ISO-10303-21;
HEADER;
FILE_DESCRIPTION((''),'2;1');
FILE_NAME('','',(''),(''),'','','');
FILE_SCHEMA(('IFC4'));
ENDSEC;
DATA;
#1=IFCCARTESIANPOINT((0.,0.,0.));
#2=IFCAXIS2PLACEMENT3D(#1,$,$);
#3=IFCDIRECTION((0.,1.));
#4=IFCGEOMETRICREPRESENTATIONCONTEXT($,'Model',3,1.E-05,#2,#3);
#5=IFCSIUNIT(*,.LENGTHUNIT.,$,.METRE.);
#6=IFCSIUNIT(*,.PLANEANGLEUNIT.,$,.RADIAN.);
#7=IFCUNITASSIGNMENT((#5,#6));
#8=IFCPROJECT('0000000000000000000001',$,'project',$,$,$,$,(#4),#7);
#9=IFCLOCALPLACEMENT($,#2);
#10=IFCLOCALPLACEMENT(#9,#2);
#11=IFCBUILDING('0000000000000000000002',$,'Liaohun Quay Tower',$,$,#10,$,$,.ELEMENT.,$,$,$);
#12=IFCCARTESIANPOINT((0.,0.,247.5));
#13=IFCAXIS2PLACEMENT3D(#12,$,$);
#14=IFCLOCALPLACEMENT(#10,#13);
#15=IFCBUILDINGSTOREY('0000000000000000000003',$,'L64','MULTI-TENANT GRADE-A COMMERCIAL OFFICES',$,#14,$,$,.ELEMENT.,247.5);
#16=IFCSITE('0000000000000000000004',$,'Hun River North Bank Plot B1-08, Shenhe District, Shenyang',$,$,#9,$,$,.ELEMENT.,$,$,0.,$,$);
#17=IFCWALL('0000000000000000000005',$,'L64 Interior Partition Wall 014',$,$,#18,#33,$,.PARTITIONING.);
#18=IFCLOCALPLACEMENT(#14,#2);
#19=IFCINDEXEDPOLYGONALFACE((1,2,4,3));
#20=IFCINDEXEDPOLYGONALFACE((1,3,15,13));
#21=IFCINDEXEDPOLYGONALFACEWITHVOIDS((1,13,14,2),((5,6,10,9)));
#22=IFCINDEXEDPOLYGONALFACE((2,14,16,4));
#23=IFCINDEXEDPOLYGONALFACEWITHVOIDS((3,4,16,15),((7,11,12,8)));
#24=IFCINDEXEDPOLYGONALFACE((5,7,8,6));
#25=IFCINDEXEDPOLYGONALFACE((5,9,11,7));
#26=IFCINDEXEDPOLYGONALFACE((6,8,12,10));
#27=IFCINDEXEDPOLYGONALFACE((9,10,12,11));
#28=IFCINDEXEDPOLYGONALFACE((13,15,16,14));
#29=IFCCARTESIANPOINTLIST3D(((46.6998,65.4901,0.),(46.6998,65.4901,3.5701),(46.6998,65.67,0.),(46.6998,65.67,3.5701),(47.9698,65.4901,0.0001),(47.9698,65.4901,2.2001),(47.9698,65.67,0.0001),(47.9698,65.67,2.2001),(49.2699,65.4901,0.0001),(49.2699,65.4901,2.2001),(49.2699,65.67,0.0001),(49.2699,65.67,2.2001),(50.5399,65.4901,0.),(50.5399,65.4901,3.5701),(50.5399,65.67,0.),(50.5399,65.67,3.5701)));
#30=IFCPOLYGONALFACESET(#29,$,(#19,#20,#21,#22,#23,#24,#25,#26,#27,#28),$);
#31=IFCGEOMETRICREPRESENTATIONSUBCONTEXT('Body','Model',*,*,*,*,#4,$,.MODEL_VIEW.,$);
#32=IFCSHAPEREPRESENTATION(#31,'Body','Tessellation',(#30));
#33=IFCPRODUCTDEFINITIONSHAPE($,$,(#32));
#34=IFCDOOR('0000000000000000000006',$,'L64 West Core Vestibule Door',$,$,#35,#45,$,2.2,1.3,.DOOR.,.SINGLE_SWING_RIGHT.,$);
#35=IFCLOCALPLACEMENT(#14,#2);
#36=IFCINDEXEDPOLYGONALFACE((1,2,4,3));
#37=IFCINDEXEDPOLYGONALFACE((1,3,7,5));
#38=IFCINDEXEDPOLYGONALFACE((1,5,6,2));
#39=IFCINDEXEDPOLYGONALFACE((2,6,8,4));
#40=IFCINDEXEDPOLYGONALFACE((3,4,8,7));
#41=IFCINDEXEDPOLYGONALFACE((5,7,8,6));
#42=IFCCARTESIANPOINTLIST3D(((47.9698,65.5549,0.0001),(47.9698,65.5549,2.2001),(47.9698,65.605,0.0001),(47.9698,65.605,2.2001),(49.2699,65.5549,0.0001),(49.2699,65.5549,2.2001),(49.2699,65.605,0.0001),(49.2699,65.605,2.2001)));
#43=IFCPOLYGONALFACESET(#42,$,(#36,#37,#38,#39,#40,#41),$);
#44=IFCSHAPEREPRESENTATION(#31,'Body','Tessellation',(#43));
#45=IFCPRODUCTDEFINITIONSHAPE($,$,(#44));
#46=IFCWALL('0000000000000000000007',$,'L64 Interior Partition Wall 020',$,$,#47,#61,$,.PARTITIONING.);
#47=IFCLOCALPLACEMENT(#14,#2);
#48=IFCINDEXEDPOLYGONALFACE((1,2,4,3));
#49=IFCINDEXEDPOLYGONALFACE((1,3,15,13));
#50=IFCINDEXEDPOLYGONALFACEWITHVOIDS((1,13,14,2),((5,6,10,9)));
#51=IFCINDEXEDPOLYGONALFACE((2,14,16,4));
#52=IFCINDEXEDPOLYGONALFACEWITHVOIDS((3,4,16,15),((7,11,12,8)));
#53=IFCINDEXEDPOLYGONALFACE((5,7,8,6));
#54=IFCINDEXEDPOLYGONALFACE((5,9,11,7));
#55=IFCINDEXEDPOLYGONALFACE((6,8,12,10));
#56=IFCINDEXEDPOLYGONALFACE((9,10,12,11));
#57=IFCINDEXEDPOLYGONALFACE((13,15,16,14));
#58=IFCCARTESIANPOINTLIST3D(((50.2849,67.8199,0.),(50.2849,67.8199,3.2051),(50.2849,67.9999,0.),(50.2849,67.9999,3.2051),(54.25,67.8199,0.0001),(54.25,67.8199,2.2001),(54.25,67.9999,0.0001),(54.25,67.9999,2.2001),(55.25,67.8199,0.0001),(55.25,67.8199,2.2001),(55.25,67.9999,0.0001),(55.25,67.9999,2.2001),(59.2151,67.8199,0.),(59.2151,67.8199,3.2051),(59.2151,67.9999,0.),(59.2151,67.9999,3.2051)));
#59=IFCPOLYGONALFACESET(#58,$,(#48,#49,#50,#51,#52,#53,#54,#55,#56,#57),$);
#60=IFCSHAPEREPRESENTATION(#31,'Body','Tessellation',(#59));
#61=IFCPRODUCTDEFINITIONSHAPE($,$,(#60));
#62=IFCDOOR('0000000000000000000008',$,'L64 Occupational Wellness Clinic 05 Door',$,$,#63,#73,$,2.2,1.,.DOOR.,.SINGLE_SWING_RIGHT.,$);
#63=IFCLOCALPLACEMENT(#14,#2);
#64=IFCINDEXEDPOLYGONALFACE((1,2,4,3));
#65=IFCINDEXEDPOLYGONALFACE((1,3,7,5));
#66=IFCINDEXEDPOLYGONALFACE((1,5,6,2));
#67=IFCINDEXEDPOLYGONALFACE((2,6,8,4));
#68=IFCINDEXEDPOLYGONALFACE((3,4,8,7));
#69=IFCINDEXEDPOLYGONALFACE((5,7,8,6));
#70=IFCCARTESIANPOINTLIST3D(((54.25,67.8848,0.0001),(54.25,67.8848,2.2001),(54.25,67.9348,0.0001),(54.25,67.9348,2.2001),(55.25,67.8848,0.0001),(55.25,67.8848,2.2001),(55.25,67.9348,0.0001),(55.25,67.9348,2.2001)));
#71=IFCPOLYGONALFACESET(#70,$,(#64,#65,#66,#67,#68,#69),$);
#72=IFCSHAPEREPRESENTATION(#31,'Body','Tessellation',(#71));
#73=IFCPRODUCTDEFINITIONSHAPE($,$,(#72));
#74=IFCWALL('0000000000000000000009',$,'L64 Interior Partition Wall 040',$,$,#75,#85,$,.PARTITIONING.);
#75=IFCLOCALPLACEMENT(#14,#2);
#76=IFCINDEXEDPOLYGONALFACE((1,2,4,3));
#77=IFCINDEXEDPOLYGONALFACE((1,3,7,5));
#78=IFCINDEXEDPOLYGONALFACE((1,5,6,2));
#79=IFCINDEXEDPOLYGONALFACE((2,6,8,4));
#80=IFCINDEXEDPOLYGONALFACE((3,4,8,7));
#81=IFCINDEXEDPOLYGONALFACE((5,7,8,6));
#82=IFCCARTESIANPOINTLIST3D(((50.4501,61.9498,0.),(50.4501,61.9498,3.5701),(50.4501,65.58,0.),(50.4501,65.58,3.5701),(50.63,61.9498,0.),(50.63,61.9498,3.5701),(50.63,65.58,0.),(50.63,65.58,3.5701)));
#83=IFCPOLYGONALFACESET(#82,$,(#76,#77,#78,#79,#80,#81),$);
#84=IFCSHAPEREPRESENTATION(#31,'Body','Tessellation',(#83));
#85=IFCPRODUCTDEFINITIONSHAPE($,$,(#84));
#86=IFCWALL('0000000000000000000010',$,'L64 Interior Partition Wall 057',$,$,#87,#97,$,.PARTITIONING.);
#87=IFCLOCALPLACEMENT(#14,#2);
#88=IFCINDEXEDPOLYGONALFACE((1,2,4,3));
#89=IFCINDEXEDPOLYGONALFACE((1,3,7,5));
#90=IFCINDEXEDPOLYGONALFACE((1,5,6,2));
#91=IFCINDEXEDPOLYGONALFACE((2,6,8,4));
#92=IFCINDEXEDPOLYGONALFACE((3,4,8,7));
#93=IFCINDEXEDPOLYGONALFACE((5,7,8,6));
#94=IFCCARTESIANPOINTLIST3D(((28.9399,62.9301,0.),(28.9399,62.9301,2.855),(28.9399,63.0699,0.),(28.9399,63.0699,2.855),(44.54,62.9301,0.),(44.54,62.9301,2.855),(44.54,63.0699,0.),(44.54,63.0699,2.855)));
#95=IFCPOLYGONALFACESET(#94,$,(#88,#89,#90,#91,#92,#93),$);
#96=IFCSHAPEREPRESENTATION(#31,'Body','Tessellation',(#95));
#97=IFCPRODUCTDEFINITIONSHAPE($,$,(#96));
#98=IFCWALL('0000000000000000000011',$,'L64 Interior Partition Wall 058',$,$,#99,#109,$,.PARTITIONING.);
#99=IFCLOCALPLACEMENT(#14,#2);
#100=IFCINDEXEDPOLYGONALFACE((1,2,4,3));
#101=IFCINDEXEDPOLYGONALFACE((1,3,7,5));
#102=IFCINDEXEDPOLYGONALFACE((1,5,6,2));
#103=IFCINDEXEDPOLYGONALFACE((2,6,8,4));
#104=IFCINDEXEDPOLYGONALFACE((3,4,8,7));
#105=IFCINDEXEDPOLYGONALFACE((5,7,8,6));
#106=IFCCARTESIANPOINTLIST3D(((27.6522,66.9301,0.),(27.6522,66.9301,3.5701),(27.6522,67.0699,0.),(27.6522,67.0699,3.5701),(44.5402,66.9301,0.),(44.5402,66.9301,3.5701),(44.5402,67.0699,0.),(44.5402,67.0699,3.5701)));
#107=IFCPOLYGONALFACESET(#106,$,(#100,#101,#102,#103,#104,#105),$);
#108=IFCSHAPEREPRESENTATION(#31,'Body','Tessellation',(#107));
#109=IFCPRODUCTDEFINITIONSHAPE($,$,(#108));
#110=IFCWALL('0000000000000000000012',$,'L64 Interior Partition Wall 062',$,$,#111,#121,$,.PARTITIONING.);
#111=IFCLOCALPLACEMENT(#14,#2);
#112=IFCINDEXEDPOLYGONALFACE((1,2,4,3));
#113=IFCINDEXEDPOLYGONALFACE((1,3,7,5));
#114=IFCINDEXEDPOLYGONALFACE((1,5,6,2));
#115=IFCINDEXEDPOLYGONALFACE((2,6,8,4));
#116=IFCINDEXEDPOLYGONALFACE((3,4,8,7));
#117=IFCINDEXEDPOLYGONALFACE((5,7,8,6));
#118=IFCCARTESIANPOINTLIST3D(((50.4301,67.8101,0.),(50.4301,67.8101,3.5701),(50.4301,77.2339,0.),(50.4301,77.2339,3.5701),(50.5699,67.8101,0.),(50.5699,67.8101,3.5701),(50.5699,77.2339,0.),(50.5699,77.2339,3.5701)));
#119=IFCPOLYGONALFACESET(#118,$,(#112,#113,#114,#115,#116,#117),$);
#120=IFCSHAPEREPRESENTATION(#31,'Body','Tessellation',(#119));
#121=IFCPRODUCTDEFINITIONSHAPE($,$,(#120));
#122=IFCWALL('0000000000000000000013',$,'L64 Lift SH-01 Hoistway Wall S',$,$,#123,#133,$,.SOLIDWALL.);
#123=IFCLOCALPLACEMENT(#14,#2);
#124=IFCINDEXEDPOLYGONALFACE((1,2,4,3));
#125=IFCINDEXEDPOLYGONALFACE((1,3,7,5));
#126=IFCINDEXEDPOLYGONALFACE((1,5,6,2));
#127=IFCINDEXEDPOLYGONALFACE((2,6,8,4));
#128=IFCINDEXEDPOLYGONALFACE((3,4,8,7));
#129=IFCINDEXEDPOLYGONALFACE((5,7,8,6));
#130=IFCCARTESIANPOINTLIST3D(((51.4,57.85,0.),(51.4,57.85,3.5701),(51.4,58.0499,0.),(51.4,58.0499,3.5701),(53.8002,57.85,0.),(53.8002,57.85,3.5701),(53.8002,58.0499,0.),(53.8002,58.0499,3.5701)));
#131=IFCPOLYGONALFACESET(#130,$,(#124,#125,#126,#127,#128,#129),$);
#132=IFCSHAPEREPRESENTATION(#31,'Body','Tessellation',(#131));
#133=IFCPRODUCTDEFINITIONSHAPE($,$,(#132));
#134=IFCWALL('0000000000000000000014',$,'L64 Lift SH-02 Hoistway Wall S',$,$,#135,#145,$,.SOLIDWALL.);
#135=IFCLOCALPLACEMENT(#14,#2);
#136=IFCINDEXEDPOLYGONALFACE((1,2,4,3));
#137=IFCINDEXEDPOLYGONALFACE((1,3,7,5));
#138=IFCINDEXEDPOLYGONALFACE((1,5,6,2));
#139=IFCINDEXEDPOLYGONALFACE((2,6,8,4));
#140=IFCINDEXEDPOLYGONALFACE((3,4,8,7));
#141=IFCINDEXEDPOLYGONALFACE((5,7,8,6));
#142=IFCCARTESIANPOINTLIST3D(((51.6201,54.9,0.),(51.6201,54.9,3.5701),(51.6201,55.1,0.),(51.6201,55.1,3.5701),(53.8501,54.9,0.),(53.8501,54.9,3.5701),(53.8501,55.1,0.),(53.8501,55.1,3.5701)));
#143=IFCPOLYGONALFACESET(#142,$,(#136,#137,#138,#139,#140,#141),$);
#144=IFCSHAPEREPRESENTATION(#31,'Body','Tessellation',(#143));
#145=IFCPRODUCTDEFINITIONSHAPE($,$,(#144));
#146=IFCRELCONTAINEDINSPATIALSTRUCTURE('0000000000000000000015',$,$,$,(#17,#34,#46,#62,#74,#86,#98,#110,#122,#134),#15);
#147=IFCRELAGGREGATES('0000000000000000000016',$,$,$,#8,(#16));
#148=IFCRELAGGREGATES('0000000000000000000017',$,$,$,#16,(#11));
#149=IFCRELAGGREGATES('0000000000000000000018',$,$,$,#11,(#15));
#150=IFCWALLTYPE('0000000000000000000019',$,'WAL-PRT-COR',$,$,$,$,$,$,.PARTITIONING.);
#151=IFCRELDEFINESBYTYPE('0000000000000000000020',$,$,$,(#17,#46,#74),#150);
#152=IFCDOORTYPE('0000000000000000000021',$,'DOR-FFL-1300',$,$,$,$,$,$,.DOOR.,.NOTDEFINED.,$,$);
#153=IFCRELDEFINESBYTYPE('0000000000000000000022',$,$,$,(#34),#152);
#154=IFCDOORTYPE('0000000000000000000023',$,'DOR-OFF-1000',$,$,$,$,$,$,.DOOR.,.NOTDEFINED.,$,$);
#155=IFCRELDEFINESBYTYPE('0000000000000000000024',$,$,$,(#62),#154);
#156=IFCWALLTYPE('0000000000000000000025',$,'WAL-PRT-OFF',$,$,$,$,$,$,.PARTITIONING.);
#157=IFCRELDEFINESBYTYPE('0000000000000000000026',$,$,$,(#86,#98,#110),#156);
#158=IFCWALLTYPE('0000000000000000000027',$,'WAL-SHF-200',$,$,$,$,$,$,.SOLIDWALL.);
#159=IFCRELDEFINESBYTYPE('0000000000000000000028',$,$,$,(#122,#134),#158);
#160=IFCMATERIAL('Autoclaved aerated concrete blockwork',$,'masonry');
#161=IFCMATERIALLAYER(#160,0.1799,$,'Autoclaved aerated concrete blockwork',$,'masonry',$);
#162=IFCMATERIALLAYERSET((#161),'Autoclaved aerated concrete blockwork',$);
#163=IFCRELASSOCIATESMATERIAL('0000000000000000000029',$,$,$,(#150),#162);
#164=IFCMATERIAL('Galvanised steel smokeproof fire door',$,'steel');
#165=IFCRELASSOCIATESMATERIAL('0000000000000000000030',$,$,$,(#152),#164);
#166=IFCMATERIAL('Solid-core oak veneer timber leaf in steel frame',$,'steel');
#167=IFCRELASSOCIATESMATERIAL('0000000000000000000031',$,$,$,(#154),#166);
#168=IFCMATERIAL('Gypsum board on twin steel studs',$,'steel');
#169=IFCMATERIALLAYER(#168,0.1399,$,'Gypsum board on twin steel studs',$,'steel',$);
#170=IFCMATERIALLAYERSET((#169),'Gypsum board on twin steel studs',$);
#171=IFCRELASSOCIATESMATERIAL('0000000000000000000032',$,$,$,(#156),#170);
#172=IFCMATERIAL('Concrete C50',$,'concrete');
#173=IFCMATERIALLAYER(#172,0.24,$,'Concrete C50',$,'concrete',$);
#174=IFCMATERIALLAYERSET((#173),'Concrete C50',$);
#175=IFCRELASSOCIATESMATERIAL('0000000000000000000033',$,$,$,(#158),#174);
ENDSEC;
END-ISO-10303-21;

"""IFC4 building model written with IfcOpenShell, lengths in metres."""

from ifc_helpers import new_model, si_unit, direction, frame, frame_2d, origin, place, context, subcontext, project, spatial, rectangle, extrude, source, transform, mapped, material, layer, layer_set, type_object, element, fill, save


model = new_model("IFC4")

# Units and contexts
model_context = context("Model", 3, precision=1e-05, world=origin(), true_north=direction((0.0, 1.0)))
body_context = subcontext(model_context, "Body", "Model", "MODEL_VIEW")
ifc_project = project(units=[si_unit("LENGTHUNIT", "METRE"), si_unit("PLANEANGLEUNIT", "RADIAN")], contexts=[model_context])

# Site, building, storey
site_placement = place(None, origin())
site = spatial("IfcSite", under=ifc_project, at=site_placement, Name="Hun River North Bank Plot B1-08, Shenhe District, Shenyang", CompositionType="ELEMENT", RefElevation=0.0)
building_placement = place(site_placement, origin())
building = spatial("IfcBuilding", under=site, at=building_placement, Name="Liaohun Quay Tower", CompositionType="ELEMENT")
storey_placement = place(building_placement, frame((0.0, 0.0, 247.5)))
storey = spatial("IfcBuildingStorey", under=building, at=storey_placement, Name="L64", Description="MULTI-TENANT GRADE-A COMMERCIAL OFFICES", CompositionType="ELEMENT", Elevation=247.5)

# Walls, openings, doors
ifc_material_1 = material(Name="Autoclaved aerated concrete blockwork", Category="masonry")
ifc_layer_1 = layer(ifc_material_1, 0.1799, Name="Autoclaved aerated concrete blockwork", Category="masonry")
ifc_layer_set_1 = layer_set([ifc_layer_1], Name="Autoclaved aerated concrete blockwork")
wall_type_1 = type_object("IfcWallType", Name="WAL-PRT-COR", PredefinedType="PARTITIONING", material=ifc_layer_set_1)
wall_1_placement = place(storey_placement, frame((46.7, 65.5801, 0.0), z_axis=(0.0, 0.0, 1.0), x_axis=(1.0, 0.0, 0.0)))
wall_1 = element("IfcWall", 1, at=wall_1_placement, inside=storey, type_object=wall_type_1, Name="L64 Interior Partition Wall 014", PredefinedType="PARTITIONING", context=body_context, shape_type="SweptSolid", body=[
    extrude(rectangle(XDim=3.8401, YDim=0.1799, at=frame_2d((1.9199, 0.0))), origin(), (0.0, 0.0, 1.0), 3.5701),
])
shared_shape_1 = source(origin(), body_context, "Body", "SweptSolid", [
    extrude(rectangle(XDim=1.3, YDim=2.2, at=frame_2d((0.6499, 1.1001))), frame((0.0, 0.0999, 0.0), z_axis=(0.0, -1.0, 0.0), x_axis=(1.0, 0.0, 0.0)), (0.0, 0.0, 1.0), 0.2),
])
opening_1_placement = place(wall_1_placement, frame((1.27, 0.0, 0.0)))
opening_1 = element("IfcOpeningElement", 2, at=opening_1_placement, cuts=wall_1, PredefinedType="OPENING", context=body_context, shape_type="MappedRepresentation", body=[
    mapped(shared_shape_1, transform((0.0, 0.0, 0.0), x_axis=(1.0, 0.0, 0.0), y_axis=(0.0, 1.0, 0.0), z_axis=(0.0, 0.0, 1.0), scale=1.0)),
])
ifc_material_2 = material(Name="Galvanised steel smokeproof fire door", Category="steel")
door_type_1 = type_object("IfcDoorType", Name="DOR-FFL-1300", OperationType="NOTDEFINED", PredefinedType="DOOR", material=ifc_material_2)
shared_shape_2 = source(origin(), body_context, "Body", "SweptSolid", [
    extrude(rectangle(XDim=1.3, YDim=2.2, at=frame_2d((0.6499, 1.1001))), frame((0.0, 0.0249, 0.0), z_axis=(0.0, -1.0, 0.0), x_axis=(1.0, 0.0, 0.0)), (0.0, 0.0, 1.0), 0.05),
])
door_1_placement = place(opening_1_placement, origin())
door_1 = element("IfcDoor", 3, at=door_1_placement, inside=storey, type_object=door_type_1, Name="L64 West Core Vestibule Door", OperationType="SINGLE_SWING_RIGHT", OverallHeight=2.2, OverallWidth=1.3, PredefinedType="DOOR", context=body_context, shape_type="MappedRepresentation", body=[
    mapped(shared_shape_2, transform((0.0, 0.0, 0.0), x_axis=(1.0, 0.0, 0.0), y_axis=(0.0, 1.0, 0.0), z_axis=(0.0, 0.0, 1.0), scale=1.0)),
])
fill(opening_1, door_1)
wall_2_placement = place(storey_placement, frame((50.2849, 67.9099, 0.0), z_axis=(0.0, 0.0, 1.0), x_axis=(1.0, 0.0, 0.0)))
wall_2 = element("IfcWall", 4, at=wall_2_placement, inside=storey, type_object=wall_type_1, Name="L64 Interior Partition Wall 020", PredefinedType="PARTITIONING", context=body_context, shape_type="SweptSolid", body=[
    extrude(rectangle(XDim=8.9302, YDim=0.1799, at=frame_2d((4.4651, 0.0))), origin(), (0.0, 0.0, 1.0), 3.2051),
])
shared_shape_3 = source(origin(), body_context, "Body", "SweptSolid", [
    extrude(rectangle(XDim=1.0, YDim=2.2, at=frame_2d((0.5, 1.1001))), frame((0.0, 0.0999, 0.0), z_axis=(0.0, -1.0, 0.0), x_axis=(1.0, 0.0, 0.0)), (0.0, 0.0, 1.0), 0.2),
])
opening_2_placement = place(wall_2_placement, frame((3.9651, 0.0, 0.0)))
opening_2 = element("IfcOpeningElement", 5, at=opening_2_placement, cuts=wall_2, PredefinedType="OPENING", context=body_context, shape_type="MappedRepresentation", body=[
    mapped(shared_shape_3, transform((0.0, 0.0, 0.0), x_axis=(1.0, 0.0, 0.0), y_axis=(0.0, 1.0, 0.0), z_axis=(0.0, 0.0, 1.0), scale=1.0)),
])
ifc_material_3 = material(Name="Solid-core oak veneer timber leaf in steel frame", Category="steel")
door_type_2 = type_object("IfcDoorType", Name="DOR-OFF-1000", OperationType="NOTDEFINED", PredefinedType="DOOR", material=ifc_material_3)
shared_shape_4 = source(origin(), body_context, "Body", "SweptSolid", [
    extrude(rectangle(XDim=1.0, YDim=2.2, at=frame_2d((0.5, 1.1001))), frame((0.0, 0.0249, 0.0), z_axis=(0.0, -1.0, 0.0), x_axis=(1.0, 0.0, 0.0)), (0.0, 0.0, 1.0), 0.05),
])
door_2_placement = place(opening_2_placement, origin())
door_2 = element("IfcDoor", 6, at=door_2_placement, inside=storey, type_object=door_type_2, Name="L64 Occupational Wellness Clinic 05 Door", OperationType="SINGLE_SWING_RIGHT", OverallHeight=2.2, OverallWidth=1.0, PredefinedType="DOOR", context=body_context, shape_type="MappedRepresentation", body=[
    mapped(shared_shape_4, transform((0.0, 0.0, 0.0), x_axis=(1.0, 0.0, 0.0), y_axis=(0.0, 1.0, 0.0), z_axis=(0.0, 0.0, 1.0), scale=1.0)),
])
fill(opening_2, door_2)

# Walls
wall_3_placement = place(storey_placement, frame((50.54, 61.95, 0.0), z_axis=(0.0, 0.0, 1.0), x_axis=(0.0, 1.0, 0.0)))
element("IfcWall", 7, at=wall_3_placement, inside=storey, type_object=wall_type_1, Name="L64 Interior Partition Wall 040", PredefinedType="PARTITIONING", context=body_context, shape_type="SweptSolid", body=[
    extrude(rectangle(XDim=3.6301, YDim=0.1799, at=frame_2d((1.8149, 0.0))), origin(), (0.0, 0.0, 1.0), 3.5701),
])
ifc_material_4 = material(Name="Gypsum board on twin steel studs", Category="steel")
ifc_layer_2 = layer(ifc_material_4, 0.1399, Name="Gypsum board on twin steel studs", Category="steel")
ifc_layer_set_2 = layer_set([ifc_layer_2], Name="Gypsum board on twin steel studs")
wall_type_2 = type_object("IfcWallType", Name="WAL-PRT-OFF", PredefinedType="PARTITIONING", material=ifc_layer_set_2)
wall_4_placement = place(storey_placement, frame((44.54, 63.0, 0.0), z_axis=(0.0, 0.0, 1.0), x_axis=(-1.0, 0.0, 0.0)))
element("IfcWall", 8, at=wall_4_placement, inside=storey, type_object=wall_type_2, Name="L64 Interior Partition Wall 057", PredefinedType="PARTITIONING", context=body_context, shape_type="SweptSolid", body=[
    extrude(rectangle(XDim=15.6001, YDim=0.1399, at=frame_2d((7.8, 0.0))), origin(), (0.0, 0.0, 1.0), 2.855),
])
wall_5_placement = place(storey_placement, frame((44.54, 67.0, 0.0), z_axis=(0.0, 0.0, 1.0), x_axis=(-1.0, 0.0, 0.0)))
element("IfcWall", 9, at=wall_5_placement, inside=storey, type_object=wall_type_2, Name="L64 Interior Partition Wall 058", PredefinedType="PARTITIONING", context=body_context, shape_type="SweptSolid", body=[
    extrude(rectangle(XDim=16.8879, YDim=0.1399, at=frame_2d((8.4438, 0.0))), origin(), (0.0, 0.0, 1.0), 3.5701),
])
wall_6_placement = place(storey_placement, frame((50.5, 67.8101, 0.0), z_axis=(0.0, 0.0, 1.0), x_axis=(0.0, 1.0, 0.0)))
element("IfcWall", 10, at=wall_6_placement, inside=storey, type_object=wall_type_2, Name="L64 Interior Partition Wall 062", PredefinedType="PARTITIONING", context=body_context, shape_type="SweptSolid", body=[
    extrude(rectangle(XDim=9.4238, YDim=0.1399, at=frame_2d((4.7119, 0.0))), origin(), (0.0, 0.0, 1.0), 3.5701),
])
ifc_material_5 = material(Name="Concrete C50", Category="concrete")
ifc_layer_3 = layer(ifc_material_5, 0.24, Name="Concrete C50", Category="concrete")
ifc_layer_set_3 = layer_set([ifc_layer_3], Name="Concrete C50")
wall_type_3 = type_object("IfcWallType", Name="WAL-SHF-200", PredefinedType="SOLIDWALL", material=ifc_layer_set_3)
wall_7_placement = place(storey_placement, frame((51.3999, 57.95, 0.0), z_axis=(0.0, 0.0, 1.0), x_axis=(1.0, 0.0, 0.0)))
element("IfcWall", 11, at=wall_7_placement, inside=storey, type_object=wall_type_3, Name="L64 Lift SH-01 Hoistway Wall S", PredefinedType="SOLIDWALL", context=body_context, shape_type="SweptSolid", body=[
    extrude(rectangle(XDim=2.4001, YDim=0.2, at=frame_2d((1.2002, 0.0))), origin(), (0.0, 0.0, 1.0), 3.5701),
])
wall_8_placement = place(storey_placement, frame((51.6201, 55.0, 0.0), z_axis=(0.0, 0.0, 1.0), x_axis=(1.0, 0.0, 0.0)))
element("IfcWall", 12, at=wall_8_placement, inside=storey, type_object=wall_type_3, Name="L64 Lift SH-02 Hoistway Wall S", PredefinedType="SOLIDWALL", context=body_context, shape_type="SweptSolid", body=[
    extrude(rectangle(XDim=2.23, YDim=0.2, at=frame_2d((1.115, 0.0))), origin(), (0.0, 0.0, 1.0), 3.5701),
])

save(model, "model.ifc")
